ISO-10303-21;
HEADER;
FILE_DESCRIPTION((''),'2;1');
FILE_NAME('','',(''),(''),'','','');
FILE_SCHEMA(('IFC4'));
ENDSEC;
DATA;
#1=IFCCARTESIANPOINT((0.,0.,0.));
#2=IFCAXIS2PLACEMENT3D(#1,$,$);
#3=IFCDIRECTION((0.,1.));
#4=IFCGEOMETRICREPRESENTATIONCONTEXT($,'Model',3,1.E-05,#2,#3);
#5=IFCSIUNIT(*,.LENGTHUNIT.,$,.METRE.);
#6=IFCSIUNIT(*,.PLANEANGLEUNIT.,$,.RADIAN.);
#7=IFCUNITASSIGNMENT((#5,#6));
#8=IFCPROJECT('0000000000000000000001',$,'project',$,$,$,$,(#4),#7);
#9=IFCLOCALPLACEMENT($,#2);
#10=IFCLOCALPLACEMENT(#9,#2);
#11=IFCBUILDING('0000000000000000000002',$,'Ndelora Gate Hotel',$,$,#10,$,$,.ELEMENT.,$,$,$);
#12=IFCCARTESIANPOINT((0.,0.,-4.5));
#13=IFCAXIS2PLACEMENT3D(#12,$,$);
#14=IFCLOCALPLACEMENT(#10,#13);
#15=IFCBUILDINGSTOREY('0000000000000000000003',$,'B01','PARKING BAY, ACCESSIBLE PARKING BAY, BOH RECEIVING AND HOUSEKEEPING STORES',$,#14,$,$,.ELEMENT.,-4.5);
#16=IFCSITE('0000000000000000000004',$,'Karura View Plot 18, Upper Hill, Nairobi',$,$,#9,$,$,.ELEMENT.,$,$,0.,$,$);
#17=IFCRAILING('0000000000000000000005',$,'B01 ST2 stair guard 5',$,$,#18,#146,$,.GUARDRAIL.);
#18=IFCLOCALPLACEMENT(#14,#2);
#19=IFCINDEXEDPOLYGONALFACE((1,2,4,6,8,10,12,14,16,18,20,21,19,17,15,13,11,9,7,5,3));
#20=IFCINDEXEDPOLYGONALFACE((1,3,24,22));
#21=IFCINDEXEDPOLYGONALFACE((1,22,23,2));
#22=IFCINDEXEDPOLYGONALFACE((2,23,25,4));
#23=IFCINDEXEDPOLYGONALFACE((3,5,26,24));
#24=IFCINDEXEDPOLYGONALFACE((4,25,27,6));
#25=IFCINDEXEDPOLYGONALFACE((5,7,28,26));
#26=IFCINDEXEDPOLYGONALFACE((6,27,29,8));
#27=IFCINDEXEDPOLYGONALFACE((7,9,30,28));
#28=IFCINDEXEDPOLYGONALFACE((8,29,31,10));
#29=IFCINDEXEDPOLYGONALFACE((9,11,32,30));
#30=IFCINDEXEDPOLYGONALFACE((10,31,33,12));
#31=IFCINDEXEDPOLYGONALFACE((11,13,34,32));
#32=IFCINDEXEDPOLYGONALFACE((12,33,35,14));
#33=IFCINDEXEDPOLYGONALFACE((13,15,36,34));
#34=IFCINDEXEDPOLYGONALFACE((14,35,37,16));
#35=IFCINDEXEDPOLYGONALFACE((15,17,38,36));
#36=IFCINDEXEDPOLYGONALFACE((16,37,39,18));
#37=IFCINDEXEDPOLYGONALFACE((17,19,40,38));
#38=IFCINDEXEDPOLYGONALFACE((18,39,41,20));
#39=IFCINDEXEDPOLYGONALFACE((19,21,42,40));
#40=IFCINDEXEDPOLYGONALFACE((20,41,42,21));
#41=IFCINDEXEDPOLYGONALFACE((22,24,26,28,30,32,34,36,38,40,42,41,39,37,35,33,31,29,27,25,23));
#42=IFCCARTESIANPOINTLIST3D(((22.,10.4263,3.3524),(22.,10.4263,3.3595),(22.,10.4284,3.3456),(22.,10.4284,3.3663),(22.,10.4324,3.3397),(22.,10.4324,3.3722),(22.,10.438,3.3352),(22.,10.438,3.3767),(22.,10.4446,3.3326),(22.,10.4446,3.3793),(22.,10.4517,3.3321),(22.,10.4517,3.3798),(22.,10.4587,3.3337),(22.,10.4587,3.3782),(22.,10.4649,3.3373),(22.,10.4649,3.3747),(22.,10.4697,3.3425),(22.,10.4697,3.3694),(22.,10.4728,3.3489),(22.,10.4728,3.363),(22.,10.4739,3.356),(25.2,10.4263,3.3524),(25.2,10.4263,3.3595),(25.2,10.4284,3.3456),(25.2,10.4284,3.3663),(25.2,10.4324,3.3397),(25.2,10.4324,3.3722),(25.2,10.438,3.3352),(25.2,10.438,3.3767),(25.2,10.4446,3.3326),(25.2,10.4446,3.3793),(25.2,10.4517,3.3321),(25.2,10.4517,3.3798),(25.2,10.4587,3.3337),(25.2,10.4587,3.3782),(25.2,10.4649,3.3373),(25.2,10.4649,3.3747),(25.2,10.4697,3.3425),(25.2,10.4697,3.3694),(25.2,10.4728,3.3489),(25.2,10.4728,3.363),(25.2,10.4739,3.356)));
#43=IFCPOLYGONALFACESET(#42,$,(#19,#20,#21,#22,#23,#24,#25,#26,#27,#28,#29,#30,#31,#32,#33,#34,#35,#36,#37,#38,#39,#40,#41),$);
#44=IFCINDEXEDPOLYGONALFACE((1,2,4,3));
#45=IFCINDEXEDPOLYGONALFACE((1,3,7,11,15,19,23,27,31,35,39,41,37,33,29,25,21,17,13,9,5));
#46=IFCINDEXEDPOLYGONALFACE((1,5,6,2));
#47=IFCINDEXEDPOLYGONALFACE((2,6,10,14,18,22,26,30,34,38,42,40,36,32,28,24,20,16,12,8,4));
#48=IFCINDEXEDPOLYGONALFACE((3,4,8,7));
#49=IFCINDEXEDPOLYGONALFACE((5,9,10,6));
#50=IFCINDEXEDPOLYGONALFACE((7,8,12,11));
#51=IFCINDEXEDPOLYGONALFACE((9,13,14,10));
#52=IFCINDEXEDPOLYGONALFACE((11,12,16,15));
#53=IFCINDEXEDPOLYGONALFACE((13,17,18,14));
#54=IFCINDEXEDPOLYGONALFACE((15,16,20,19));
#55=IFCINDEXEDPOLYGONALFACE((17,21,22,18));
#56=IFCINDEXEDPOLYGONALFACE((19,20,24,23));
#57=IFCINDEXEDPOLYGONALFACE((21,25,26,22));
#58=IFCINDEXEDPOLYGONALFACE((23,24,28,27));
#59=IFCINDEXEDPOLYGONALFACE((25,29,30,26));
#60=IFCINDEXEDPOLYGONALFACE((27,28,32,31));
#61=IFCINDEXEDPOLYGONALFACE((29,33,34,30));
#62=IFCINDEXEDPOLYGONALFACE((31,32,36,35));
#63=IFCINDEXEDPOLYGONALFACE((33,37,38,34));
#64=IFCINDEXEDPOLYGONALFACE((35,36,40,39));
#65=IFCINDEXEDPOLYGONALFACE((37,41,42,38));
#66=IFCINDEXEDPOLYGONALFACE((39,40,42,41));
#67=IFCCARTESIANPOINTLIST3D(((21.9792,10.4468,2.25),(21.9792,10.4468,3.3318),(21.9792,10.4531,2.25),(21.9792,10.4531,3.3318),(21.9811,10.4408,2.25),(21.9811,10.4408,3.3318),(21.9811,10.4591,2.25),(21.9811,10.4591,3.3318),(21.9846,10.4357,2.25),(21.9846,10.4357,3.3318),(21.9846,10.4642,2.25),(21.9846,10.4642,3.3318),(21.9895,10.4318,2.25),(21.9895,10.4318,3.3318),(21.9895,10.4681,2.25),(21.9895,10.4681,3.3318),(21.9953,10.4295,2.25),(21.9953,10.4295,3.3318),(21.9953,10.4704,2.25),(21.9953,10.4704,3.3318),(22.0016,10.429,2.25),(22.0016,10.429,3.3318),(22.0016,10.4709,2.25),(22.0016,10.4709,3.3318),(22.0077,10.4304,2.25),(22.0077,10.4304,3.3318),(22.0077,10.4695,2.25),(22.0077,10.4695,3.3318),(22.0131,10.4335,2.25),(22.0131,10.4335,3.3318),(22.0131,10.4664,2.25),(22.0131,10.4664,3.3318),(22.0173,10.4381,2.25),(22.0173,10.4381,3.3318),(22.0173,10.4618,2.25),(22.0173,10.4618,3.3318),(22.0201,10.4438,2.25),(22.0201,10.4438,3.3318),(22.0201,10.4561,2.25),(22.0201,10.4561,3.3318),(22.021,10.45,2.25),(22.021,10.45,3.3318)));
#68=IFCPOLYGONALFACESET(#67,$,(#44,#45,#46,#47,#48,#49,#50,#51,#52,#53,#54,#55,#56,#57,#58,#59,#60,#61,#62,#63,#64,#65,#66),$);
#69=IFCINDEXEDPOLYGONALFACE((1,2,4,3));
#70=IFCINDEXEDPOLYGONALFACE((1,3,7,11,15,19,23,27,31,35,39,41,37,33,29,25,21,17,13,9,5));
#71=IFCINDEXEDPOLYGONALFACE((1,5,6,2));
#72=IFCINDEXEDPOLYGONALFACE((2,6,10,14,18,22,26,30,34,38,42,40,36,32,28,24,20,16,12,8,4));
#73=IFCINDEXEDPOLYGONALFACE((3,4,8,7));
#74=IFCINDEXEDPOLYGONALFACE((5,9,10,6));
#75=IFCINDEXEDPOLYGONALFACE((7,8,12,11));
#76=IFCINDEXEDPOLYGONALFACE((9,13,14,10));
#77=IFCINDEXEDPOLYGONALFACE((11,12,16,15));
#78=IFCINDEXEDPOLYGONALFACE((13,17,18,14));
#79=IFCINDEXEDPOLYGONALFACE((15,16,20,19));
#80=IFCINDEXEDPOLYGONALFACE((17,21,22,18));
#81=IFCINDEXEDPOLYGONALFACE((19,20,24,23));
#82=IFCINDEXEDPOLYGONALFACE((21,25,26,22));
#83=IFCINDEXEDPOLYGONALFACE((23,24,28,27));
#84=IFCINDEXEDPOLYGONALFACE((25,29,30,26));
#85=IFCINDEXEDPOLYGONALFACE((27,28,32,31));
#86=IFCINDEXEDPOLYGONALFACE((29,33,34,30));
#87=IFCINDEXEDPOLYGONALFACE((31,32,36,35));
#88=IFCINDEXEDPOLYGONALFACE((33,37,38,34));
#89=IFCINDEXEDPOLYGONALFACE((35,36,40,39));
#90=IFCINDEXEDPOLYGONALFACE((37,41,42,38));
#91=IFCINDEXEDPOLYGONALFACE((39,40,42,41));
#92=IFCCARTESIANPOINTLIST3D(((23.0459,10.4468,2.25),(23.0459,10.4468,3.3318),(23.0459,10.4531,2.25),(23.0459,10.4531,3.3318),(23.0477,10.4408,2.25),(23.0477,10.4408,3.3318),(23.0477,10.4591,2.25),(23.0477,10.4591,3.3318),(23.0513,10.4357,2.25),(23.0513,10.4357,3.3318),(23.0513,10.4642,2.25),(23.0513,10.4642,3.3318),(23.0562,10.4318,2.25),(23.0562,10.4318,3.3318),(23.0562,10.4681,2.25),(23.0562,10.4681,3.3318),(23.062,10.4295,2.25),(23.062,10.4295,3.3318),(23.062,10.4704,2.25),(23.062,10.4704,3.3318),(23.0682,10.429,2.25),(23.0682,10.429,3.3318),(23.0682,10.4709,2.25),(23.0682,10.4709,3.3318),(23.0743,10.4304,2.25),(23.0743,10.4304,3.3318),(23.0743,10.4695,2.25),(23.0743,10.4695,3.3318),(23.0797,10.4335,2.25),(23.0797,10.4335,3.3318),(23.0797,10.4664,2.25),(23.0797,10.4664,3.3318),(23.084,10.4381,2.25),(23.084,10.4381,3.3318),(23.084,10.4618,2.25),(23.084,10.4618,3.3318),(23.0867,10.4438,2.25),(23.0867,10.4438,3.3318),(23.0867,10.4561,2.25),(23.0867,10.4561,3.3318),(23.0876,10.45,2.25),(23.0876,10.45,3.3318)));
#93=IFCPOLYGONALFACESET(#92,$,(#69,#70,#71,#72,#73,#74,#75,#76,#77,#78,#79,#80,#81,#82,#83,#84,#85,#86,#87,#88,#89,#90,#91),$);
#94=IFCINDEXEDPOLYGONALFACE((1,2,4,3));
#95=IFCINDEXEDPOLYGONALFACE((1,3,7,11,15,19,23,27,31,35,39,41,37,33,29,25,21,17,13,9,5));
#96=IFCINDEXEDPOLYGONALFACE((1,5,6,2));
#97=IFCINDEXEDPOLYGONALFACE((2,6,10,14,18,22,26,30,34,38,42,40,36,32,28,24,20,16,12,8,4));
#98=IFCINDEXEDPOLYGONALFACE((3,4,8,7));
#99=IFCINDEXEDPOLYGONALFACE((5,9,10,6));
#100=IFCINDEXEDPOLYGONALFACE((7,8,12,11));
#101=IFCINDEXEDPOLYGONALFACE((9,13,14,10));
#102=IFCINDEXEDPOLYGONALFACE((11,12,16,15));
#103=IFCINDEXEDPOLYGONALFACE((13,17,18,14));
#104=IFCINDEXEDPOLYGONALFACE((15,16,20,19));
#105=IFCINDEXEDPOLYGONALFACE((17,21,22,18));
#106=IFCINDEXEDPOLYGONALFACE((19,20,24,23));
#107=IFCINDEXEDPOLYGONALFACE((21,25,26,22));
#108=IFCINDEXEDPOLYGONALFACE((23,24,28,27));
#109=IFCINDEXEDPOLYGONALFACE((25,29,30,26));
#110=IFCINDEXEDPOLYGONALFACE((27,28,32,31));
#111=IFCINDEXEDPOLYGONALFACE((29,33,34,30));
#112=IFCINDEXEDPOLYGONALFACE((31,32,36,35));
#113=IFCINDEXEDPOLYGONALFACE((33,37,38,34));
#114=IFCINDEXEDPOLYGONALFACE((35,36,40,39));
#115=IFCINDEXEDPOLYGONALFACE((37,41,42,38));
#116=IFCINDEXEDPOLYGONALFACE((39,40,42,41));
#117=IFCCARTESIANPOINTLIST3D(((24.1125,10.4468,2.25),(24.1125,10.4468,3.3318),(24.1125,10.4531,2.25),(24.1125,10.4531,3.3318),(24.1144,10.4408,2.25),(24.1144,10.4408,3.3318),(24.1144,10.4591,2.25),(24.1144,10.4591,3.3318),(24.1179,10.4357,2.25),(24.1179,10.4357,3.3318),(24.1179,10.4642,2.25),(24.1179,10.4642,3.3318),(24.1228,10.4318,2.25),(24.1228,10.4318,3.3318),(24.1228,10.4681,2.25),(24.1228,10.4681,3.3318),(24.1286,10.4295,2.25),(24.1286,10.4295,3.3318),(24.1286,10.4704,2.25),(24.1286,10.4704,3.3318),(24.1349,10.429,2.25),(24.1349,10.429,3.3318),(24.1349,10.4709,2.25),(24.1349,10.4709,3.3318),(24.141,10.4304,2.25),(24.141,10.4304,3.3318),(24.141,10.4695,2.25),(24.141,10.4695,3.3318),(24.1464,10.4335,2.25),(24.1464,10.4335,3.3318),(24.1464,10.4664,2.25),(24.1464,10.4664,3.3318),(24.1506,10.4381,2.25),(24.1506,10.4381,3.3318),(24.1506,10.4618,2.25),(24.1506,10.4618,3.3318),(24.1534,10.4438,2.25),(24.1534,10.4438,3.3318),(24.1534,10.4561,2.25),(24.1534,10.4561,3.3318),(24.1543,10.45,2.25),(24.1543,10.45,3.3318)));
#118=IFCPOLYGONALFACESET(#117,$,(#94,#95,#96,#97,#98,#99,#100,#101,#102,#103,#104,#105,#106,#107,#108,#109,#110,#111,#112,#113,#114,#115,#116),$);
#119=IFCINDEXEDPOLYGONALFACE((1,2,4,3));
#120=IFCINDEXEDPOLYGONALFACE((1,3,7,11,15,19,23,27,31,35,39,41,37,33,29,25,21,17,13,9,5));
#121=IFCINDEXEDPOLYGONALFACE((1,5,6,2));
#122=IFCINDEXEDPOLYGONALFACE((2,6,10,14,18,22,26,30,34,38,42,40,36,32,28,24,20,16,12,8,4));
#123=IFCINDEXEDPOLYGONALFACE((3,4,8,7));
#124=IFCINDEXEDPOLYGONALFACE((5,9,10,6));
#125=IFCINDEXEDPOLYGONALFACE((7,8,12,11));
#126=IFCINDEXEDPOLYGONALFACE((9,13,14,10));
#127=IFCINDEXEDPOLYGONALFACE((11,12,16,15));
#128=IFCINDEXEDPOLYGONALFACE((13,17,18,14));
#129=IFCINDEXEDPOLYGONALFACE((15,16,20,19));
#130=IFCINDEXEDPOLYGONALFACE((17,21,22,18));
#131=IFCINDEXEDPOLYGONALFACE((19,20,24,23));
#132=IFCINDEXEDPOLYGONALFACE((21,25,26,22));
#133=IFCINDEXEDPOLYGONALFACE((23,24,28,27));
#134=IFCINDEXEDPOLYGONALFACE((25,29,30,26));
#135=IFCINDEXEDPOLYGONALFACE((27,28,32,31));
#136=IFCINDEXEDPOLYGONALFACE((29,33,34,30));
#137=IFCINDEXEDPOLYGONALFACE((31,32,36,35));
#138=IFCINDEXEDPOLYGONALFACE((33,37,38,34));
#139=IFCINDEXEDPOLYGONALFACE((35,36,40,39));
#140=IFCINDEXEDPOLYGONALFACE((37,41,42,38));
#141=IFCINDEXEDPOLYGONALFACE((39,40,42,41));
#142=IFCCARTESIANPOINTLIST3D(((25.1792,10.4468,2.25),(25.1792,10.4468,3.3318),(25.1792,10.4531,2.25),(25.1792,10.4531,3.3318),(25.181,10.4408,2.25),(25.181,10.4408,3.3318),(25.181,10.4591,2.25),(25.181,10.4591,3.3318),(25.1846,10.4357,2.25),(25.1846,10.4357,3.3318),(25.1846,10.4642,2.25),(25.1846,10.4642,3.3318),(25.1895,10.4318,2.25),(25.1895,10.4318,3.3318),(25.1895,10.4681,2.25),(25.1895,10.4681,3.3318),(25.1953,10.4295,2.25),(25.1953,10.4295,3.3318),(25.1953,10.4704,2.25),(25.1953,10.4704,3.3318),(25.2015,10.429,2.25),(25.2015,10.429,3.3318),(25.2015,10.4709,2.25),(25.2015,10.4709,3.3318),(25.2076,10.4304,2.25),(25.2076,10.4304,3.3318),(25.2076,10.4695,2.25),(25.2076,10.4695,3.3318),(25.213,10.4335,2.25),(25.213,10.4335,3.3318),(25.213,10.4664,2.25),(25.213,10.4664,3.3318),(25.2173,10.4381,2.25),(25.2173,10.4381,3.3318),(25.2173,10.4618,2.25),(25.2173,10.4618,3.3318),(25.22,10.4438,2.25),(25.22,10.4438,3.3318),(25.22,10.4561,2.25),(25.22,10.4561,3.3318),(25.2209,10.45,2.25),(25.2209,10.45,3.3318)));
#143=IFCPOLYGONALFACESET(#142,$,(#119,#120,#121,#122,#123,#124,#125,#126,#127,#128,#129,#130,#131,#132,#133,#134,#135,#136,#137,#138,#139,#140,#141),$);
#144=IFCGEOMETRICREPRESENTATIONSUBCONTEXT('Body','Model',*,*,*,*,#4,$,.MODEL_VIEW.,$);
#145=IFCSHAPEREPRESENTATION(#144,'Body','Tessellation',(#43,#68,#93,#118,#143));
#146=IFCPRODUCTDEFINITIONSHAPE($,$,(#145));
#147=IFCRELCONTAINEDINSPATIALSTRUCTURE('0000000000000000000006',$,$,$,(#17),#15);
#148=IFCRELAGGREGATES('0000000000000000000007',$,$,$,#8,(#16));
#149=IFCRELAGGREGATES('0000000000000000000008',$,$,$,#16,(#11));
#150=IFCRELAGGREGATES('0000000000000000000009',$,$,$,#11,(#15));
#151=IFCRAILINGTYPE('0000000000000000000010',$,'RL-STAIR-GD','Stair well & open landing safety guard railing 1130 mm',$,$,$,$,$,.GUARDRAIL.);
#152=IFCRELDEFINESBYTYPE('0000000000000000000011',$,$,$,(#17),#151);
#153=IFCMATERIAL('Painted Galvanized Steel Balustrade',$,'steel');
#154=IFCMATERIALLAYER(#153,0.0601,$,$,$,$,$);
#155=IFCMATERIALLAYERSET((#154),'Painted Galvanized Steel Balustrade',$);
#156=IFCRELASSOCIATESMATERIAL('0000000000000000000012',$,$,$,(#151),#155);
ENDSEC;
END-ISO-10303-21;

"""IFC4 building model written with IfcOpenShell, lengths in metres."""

from ifc_helpers import new_model, si_unit, direction, frame, origin, origin_2d, place, context, subcontext, project, spatial, circle, extrude, material, layer, layer_set, type_object, element, save


model = new_model("IFC4")

# Units and contexts
model_context = context("Model", 3, precision=1e-05, world=origin(), true_north=direction((0.0, 1.0)))
body_context = subcontext(model_context, "Body", "Model", "MODEL_VIEW")
ifc_project = project(units=[si_unit("LENGTHUNIT", "METRE"), si_unit("PLANEANGLEUNIT", "RADIAN")], contexts=[model_context])

# Site, building, storey
site_placement = place(None, origin())
site = spatial("IfcSite", under=ifc_project, at=site_placement, Name="Karura View Plot 18, Upper Hill, Nairobi", CompositionType="ELEMENT", RefElevation=0.0)
building_placement = place(site_placement, origin())
building = spatial("IfcBuilding", under=site, at=building_placement, Name="Ndelora Gate Hotel", CompositionType="ELEMENT")
storey_placement = place(building_placement, frame((0.0, 0.0, -4.5)))
storey = spatial("IfcBuildingStorey", under=building, at=storey_placement, Name="B01", Description="PARKING BAY, ACCESSIBLE PARKING BAY, BOH RECEIVING AND HOUSEKEEPING STORES", CompositionType="ELEMENT", Elevation=-4.5)

# Railing
ifc_material_1 = material(Name="Painted Galvanized Steel Balustrade", Category="steel")
ifc_layer_1 = layer(ifc_material_1, 0.0601)
ifc_layer_set_1 = layer_set([ifc_layer_1], Name="Painted Galvanized Steel Balustrade")
railing_type_1 = type_object("IfcRailingType", Name="RL-STAIR-GD", Description="Stair well & open landing safety guard railing 1130 mm", PredefinedType="GUARDRAIL", material=ifc_layer_set_1)
railing_1_placement = place(storey_placement, frame((22.0, 10.45, 2.25)))
element("IfcRailing", 1, at=railing_1_placement, inside=storey, type_object=railing_type_1, Name="B01 ST2 stair guard 5", PredefinedType="GUARDRAIL", context=body_context, shape_type="SweptSolid", body=[
    extrude(circle(Radius=0.0239, at=origin_2d()), frame((0.0, 0.0, 1.106), z_axis=(1.0, 0.0, 0.0), x_axis=(0.0, 1.0, 0.0)), (0.0, 0.0, 1.0), 3.2),
    extrude(circle(Radius=0.021, at=origin_2d()), origin(), (0.0, 0.0, 1.0), 1.0818),
    extrude(circle(Radius=0.021, at=origin_2d()), frame((1.0667, 0.0, 0.0)), (0.0, 0.0, 1.0), 1.0818),
    extrude(circle(Radius=0.021, at=origin_2d()), frame((2.1333, 0.0, 0.0)), (0.0, 0.0, 1.0), 1.0818),
    extrude(circle(Radius=0.021, at=origin_2d()), frame((3.2, 0.0, 0.0)), (0.0, 0.0, 1.0), 1.0818),
])

save(model, "model.ifc")
